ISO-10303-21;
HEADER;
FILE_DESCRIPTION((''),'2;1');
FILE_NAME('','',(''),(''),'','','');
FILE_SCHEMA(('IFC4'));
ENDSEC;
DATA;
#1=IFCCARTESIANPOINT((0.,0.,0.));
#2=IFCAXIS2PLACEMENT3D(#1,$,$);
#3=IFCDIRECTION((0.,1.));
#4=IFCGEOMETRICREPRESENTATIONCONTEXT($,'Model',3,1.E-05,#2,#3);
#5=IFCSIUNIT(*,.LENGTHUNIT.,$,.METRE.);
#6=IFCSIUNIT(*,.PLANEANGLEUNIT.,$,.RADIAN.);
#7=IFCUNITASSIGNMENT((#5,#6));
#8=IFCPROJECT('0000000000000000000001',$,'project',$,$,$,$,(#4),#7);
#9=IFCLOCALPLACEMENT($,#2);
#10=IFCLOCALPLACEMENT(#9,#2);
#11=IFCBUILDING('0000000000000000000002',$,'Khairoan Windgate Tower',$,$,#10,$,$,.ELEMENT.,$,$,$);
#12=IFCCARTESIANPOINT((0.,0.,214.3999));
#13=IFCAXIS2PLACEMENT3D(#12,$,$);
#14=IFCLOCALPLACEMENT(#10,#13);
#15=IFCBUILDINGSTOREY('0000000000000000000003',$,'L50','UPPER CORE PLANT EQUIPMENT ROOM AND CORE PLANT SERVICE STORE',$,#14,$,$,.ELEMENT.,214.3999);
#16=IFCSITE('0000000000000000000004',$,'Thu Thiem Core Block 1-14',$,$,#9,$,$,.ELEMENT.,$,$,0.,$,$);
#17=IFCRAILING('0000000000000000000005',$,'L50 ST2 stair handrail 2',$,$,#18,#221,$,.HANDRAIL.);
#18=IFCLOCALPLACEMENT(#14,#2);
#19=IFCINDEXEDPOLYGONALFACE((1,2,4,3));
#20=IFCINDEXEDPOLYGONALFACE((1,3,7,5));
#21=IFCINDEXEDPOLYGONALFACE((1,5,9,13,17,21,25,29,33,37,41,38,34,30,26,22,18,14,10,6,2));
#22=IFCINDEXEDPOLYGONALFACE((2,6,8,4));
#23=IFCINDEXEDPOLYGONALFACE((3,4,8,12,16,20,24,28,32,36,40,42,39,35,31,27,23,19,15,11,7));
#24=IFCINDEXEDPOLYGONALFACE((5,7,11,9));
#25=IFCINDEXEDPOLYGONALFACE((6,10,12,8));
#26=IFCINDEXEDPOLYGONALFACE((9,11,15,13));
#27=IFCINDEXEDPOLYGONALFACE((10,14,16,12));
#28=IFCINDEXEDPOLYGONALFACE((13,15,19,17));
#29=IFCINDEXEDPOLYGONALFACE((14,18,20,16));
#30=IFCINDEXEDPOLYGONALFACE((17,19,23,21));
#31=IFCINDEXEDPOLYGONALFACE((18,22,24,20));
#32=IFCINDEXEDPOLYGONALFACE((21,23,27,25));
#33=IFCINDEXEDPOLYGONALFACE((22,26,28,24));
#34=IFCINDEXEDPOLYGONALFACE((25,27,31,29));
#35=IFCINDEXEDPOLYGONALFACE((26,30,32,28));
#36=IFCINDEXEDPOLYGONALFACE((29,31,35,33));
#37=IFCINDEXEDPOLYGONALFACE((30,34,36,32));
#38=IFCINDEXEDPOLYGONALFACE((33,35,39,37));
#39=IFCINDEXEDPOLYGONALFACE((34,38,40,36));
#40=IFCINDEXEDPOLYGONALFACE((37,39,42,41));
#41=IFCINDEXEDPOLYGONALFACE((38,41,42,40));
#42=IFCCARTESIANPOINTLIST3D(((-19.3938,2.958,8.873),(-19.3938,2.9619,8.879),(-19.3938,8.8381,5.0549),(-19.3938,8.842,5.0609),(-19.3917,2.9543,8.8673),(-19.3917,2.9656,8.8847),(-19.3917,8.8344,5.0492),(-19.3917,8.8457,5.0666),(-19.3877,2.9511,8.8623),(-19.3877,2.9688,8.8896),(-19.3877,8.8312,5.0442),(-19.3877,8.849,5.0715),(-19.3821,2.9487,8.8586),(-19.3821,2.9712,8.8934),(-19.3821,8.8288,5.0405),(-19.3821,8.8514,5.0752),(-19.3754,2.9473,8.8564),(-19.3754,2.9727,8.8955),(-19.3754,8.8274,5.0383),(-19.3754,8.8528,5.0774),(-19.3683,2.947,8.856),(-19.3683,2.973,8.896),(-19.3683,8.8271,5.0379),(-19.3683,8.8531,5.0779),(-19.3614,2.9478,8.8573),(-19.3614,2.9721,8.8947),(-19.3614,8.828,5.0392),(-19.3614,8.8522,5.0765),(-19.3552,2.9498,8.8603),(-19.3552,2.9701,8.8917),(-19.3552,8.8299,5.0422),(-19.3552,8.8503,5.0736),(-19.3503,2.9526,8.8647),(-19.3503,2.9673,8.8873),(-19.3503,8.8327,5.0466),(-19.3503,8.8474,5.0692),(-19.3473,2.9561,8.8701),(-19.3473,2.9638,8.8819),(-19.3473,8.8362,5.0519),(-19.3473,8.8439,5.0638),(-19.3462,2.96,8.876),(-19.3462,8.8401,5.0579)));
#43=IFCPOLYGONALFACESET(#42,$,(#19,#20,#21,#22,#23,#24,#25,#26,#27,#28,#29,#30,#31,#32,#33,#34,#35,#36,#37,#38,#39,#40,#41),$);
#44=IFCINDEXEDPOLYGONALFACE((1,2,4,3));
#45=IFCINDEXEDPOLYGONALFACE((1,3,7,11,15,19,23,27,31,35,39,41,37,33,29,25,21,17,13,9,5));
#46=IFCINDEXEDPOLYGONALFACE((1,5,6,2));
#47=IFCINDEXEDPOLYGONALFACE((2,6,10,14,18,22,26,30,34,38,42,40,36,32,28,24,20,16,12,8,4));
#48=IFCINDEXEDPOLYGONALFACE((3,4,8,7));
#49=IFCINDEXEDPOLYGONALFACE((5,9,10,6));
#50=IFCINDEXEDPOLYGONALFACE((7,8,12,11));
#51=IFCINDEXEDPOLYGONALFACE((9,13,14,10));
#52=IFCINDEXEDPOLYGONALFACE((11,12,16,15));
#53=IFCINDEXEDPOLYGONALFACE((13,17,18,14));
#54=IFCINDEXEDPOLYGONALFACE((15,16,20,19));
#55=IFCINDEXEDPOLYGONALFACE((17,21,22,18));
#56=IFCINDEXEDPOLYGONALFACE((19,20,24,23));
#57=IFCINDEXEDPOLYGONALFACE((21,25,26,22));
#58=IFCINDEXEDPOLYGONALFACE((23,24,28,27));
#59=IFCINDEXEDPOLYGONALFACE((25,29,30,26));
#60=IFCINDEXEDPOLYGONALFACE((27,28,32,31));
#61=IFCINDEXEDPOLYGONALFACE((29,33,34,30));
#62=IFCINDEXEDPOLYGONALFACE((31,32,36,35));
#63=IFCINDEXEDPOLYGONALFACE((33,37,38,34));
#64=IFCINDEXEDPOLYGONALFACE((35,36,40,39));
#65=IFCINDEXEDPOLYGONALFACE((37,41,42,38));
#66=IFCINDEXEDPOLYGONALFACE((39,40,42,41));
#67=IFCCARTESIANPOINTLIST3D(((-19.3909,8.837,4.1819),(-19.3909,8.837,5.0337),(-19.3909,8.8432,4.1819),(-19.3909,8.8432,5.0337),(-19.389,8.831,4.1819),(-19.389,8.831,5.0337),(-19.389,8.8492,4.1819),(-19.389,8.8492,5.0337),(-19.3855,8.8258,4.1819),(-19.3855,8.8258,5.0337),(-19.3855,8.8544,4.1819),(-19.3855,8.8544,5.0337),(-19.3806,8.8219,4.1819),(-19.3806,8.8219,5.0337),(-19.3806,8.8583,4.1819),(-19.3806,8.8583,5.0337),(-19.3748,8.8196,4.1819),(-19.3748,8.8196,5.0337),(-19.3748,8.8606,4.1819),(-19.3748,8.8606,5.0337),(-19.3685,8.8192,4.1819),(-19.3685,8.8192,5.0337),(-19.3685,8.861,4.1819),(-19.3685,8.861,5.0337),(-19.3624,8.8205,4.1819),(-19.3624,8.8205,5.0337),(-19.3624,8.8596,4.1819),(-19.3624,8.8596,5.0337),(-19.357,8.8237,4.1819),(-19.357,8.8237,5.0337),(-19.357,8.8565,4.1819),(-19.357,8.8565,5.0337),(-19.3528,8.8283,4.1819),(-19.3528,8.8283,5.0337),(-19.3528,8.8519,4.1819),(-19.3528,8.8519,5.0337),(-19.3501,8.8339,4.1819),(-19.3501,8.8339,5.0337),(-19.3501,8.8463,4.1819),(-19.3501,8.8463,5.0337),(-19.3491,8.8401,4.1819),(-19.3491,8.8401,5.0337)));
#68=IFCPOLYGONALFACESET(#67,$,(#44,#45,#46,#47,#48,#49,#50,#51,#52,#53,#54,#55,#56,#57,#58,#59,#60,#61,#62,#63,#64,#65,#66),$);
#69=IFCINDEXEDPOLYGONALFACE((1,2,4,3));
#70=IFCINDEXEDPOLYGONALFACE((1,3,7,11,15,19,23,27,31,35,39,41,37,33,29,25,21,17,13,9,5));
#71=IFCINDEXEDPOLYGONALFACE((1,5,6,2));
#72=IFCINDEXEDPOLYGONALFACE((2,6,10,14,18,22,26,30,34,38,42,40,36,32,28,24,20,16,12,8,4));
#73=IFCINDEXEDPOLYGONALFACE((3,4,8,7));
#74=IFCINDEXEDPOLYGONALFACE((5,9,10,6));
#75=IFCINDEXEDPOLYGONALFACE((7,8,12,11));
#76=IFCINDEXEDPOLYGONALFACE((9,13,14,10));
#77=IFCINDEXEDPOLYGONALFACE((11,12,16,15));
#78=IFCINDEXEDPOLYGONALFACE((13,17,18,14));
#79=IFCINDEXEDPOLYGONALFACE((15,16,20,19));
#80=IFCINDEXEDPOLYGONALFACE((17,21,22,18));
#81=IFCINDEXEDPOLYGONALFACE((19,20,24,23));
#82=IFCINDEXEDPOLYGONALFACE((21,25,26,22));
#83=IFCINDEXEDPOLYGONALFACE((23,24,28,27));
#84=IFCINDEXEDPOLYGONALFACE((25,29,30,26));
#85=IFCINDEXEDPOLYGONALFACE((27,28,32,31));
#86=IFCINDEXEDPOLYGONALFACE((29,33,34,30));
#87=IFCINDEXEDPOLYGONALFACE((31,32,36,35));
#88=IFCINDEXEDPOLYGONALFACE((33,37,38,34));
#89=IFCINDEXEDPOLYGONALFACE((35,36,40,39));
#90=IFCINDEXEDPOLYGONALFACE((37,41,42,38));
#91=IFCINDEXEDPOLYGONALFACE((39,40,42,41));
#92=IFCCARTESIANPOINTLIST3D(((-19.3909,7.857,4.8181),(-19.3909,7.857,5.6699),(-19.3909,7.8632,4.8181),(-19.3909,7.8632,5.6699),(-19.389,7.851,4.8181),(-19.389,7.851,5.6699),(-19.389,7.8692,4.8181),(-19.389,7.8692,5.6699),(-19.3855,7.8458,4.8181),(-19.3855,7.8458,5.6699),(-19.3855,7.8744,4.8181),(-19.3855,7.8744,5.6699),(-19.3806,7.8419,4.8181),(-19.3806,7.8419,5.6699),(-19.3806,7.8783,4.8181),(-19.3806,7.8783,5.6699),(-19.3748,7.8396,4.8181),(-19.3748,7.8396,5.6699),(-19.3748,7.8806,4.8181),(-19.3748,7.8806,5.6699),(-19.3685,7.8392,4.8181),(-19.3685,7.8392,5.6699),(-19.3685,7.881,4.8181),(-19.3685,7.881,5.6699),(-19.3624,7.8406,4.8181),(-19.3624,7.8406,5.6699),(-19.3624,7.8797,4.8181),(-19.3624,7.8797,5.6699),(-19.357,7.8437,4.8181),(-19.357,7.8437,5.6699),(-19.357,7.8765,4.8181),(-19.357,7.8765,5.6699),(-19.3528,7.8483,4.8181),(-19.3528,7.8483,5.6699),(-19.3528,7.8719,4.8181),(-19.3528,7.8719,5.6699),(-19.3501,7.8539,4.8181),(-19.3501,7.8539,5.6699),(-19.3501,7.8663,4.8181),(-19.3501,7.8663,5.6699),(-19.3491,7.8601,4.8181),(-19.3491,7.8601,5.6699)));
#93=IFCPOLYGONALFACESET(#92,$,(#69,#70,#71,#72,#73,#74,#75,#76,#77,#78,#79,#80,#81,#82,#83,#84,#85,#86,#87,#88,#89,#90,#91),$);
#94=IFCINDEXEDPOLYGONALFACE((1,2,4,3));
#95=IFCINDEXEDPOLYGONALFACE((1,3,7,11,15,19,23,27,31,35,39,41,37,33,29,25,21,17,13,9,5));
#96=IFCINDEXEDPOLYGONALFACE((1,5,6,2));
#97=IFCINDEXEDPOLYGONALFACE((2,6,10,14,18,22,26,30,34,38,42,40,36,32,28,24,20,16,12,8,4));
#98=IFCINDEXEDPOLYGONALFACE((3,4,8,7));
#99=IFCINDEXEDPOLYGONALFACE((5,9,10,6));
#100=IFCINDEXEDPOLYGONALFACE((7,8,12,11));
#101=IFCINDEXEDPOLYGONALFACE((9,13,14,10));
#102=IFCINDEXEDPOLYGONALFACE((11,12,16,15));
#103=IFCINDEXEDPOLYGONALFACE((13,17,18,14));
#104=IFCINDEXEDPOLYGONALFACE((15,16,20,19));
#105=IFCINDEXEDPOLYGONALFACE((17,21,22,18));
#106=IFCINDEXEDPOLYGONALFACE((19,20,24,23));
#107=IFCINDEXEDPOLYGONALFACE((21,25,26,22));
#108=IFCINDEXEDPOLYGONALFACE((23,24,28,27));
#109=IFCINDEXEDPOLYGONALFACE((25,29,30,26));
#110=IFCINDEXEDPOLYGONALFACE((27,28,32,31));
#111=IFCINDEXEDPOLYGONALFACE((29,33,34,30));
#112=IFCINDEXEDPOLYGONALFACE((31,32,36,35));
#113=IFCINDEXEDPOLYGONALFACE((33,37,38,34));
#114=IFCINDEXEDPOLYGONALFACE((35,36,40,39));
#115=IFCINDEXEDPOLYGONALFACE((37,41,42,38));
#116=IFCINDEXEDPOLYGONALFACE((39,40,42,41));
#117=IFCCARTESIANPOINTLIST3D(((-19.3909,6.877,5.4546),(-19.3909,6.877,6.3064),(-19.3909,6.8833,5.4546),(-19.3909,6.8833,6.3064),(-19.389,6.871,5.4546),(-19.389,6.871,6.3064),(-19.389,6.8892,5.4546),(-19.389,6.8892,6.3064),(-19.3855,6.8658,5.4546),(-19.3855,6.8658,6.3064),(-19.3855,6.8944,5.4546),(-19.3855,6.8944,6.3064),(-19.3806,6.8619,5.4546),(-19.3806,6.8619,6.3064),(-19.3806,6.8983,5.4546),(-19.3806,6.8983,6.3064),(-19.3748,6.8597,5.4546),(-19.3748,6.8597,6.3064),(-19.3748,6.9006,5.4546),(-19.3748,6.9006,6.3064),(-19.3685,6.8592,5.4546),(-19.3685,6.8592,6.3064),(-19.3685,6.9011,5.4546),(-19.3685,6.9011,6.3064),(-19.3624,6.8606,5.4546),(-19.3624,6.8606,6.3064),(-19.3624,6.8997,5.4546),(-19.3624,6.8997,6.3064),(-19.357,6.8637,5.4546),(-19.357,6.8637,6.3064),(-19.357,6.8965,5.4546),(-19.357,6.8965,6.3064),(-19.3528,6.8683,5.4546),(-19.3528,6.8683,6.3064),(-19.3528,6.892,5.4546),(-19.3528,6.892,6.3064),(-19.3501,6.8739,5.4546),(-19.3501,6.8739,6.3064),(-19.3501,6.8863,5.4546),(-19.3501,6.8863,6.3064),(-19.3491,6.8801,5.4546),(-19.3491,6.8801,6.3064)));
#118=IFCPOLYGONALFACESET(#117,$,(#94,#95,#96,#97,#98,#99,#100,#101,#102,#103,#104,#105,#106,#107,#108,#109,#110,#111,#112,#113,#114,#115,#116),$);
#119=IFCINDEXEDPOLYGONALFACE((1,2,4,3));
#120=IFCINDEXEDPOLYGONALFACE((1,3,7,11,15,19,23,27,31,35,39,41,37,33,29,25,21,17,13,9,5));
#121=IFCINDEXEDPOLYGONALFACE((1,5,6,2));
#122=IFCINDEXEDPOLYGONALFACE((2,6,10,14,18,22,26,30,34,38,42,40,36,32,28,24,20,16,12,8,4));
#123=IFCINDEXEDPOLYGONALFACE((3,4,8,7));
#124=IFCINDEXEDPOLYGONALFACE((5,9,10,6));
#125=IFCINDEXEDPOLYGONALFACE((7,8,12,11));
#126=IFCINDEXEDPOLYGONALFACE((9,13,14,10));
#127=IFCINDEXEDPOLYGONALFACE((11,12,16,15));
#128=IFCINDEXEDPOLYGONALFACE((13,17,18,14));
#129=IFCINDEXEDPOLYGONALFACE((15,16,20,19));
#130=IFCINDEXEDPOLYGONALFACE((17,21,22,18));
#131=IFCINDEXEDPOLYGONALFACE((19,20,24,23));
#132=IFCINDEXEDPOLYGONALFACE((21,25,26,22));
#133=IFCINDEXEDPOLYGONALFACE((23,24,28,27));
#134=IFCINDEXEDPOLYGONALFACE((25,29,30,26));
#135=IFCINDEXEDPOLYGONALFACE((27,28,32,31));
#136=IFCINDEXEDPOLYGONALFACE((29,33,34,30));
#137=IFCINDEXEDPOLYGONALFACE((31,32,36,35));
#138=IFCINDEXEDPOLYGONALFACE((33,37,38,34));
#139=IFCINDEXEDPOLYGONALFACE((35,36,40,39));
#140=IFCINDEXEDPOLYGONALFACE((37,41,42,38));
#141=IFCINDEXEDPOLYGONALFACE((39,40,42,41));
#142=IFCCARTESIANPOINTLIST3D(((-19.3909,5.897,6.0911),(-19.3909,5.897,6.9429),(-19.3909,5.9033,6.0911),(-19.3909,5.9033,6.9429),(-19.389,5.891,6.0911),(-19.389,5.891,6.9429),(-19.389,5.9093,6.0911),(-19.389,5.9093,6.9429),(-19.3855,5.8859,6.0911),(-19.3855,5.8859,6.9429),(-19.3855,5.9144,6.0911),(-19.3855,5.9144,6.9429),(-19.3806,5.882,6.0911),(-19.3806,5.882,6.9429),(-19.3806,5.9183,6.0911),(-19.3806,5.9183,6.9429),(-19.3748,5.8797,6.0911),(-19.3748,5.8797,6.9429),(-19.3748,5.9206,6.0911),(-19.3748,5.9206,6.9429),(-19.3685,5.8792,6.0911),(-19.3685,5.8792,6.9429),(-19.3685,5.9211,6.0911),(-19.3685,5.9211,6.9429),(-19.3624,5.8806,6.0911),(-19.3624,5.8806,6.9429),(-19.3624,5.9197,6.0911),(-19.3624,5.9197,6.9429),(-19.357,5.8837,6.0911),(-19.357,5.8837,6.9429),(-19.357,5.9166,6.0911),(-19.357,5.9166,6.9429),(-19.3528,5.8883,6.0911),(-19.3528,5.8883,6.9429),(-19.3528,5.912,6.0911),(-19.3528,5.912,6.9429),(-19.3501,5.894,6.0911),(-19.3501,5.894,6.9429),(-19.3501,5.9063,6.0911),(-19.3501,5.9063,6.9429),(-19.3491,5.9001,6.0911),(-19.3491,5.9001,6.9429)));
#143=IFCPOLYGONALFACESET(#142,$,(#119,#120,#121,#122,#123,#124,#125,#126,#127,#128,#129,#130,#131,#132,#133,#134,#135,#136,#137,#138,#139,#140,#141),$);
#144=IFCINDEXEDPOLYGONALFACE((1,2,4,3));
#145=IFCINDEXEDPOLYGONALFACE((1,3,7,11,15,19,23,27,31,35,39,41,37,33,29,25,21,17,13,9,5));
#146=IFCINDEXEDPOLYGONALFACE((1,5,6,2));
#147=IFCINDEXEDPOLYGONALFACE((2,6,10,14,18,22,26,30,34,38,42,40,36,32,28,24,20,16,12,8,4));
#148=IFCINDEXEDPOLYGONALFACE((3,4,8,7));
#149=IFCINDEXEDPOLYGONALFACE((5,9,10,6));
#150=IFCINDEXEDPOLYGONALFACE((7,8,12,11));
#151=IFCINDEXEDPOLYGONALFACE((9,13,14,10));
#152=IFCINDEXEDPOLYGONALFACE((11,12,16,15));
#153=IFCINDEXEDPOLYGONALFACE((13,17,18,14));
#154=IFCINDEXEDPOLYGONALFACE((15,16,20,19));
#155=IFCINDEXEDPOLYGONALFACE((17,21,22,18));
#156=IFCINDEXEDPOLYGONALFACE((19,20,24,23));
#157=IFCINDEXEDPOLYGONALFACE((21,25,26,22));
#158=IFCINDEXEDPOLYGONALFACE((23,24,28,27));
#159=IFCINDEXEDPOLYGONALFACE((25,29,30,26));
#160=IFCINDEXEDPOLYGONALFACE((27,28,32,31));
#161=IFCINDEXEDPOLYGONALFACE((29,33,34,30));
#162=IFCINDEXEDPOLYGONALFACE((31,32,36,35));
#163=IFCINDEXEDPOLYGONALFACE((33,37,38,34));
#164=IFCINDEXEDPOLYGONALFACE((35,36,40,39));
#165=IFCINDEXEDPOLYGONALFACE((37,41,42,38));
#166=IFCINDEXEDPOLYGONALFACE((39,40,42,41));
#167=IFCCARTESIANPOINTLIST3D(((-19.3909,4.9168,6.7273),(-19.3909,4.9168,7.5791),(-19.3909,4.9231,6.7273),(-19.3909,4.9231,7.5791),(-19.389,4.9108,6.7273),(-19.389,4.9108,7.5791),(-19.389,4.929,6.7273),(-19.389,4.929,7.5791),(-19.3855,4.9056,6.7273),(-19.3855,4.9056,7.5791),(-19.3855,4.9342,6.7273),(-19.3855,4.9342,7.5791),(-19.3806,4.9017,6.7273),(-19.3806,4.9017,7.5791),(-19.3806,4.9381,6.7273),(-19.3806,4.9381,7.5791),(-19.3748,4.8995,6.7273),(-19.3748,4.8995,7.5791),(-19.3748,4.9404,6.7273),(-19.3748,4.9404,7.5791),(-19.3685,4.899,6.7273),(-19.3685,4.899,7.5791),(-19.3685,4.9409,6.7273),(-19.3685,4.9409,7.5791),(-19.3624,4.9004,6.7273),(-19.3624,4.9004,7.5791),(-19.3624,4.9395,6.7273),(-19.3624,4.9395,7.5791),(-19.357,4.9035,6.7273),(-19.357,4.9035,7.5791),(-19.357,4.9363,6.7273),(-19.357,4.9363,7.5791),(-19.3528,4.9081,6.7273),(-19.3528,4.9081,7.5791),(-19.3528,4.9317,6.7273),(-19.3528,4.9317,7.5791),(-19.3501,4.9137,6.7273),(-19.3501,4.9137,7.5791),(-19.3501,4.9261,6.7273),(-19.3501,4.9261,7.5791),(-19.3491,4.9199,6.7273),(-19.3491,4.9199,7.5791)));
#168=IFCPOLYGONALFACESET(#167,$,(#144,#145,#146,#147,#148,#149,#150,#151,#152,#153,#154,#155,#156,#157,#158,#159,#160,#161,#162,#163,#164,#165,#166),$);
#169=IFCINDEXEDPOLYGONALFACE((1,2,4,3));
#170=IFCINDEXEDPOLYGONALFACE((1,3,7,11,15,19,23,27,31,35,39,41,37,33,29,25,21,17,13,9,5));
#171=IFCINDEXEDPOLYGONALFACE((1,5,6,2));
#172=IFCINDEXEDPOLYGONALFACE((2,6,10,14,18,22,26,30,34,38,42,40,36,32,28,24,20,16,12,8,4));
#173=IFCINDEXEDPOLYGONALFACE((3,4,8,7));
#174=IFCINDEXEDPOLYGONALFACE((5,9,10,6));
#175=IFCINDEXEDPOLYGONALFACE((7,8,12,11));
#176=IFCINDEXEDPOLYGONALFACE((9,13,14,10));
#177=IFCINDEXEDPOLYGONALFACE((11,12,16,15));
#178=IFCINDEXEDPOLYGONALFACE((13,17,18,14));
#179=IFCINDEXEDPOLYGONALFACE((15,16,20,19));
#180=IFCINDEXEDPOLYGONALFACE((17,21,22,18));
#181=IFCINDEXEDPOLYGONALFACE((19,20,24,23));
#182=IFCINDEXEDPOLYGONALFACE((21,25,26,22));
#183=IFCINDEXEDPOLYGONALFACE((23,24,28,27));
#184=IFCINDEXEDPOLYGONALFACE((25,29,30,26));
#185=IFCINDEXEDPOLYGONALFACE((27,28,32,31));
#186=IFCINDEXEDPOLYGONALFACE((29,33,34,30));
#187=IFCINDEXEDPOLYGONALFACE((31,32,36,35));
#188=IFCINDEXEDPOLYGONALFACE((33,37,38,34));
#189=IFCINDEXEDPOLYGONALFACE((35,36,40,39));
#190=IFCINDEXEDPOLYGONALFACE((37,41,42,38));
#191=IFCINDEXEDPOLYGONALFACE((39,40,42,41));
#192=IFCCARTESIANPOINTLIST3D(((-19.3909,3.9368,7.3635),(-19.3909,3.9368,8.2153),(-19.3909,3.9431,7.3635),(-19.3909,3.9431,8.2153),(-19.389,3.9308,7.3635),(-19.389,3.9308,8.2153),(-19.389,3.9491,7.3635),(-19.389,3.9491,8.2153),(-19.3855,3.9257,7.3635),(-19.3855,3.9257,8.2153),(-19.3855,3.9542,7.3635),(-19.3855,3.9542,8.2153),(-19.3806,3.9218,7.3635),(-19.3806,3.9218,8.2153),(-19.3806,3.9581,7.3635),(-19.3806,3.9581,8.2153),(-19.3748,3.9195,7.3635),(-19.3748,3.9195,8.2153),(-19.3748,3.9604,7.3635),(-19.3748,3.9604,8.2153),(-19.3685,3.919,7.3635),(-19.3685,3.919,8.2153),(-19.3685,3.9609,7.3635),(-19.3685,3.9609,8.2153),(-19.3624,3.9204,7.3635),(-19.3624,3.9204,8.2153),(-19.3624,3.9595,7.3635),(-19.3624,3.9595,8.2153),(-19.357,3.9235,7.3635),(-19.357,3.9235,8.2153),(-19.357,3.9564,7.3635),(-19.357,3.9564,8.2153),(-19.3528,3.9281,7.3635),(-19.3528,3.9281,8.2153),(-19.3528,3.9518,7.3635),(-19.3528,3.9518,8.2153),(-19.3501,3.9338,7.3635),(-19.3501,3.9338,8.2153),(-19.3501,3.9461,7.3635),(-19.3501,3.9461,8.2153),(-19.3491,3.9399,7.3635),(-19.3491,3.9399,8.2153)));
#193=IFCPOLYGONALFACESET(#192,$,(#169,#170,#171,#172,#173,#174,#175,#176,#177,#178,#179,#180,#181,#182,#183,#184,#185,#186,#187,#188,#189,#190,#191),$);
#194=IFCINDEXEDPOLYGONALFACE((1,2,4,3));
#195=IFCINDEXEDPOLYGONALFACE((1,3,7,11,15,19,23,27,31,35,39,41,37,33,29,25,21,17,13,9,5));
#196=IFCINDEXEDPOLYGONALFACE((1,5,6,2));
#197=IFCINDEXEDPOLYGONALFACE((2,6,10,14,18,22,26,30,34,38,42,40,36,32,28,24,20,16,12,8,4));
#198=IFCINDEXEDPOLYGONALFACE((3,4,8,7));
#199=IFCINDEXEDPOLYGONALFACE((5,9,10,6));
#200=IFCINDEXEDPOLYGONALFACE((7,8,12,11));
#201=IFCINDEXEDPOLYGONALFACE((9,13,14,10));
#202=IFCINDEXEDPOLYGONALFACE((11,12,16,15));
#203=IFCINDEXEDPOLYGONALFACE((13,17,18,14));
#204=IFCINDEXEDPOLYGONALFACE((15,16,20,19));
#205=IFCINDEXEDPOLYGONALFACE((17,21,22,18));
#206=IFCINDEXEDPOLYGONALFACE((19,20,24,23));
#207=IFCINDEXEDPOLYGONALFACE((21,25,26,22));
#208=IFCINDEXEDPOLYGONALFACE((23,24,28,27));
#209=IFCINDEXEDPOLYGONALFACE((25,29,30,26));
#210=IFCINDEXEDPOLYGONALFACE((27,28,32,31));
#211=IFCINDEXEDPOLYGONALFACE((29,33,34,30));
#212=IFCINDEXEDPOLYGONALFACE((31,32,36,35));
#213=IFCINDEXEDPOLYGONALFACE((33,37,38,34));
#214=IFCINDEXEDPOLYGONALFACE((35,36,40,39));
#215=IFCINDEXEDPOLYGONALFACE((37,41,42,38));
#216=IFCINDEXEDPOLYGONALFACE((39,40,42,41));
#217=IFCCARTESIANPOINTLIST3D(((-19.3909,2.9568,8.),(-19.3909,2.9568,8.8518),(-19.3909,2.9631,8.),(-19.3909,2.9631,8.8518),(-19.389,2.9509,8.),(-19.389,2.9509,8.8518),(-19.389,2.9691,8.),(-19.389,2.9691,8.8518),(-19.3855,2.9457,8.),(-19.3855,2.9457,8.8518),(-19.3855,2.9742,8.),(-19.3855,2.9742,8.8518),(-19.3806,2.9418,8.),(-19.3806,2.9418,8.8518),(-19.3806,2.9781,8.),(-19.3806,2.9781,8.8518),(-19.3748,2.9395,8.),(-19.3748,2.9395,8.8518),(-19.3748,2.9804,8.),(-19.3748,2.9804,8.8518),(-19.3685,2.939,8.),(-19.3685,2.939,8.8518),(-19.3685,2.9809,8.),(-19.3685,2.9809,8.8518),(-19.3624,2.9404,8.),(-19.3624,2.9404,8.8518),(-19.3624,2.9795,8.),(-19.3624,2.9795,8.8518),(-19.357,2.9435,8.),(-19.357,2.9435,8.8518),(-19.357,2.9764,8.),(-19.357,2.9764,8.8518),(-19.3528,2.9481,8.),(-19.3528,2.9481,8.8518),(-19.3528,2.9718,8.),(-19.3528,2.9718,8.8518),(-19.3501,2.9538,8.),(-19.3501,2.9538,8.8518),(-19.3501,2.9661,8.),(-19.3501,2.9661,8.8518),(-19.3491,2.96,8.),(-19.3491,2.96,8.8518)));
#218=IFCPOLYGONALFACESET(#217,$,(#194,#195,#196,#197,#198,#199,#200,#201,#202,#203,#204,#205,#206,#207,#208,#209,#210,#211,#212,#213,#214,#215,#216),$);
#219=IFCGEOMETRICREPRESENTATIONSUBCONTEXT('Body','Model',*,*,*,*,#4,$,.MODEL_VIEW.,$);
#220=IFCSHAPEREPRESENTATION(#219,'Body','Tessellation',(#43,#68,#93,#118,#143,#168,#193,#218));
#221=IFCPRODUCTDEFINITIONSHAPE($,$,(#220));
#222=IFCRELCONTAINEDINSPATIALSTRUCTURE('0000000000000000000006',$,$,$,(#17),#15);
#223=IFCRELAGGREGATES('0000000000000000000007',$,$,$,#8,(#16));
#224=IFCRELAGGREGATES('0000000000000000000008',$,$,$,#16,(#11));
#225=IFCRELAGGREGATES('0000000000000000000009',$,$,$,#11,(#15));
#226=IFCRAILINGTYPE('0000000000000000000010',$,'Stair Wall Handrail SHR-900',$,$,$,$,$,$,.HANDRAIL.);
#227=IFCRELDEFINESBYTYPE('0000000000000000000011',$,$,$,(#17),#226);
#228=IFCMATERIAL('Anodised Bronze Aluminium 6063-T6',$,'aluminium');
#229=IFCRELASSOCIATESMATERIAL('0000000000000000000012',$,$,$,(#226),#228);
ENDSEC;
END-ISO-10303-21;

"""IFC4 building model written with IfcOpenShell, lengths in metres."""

from ifc_helpers import new_model, si_unit, direction, frame, origin, origin_2d, place, context, subcontext, project, spatial, circle, extrude, material, type_object, element, save


model = new_model("IFC4")

# Units and contexts
model_context = context("Model", 3, precision=1e-05, world=origin(), true_north=direction((0.0, 1.0)))
body_context = subcontext(model_context, "Body", "Model", "MODEL_VIEW")
ifc_project = project(units=[si_unit("LENGTHUNIT", "METRE"), si_unit("PLANEANGLEUNIT", "RADIAN")], contexts=[model_context])

# Site, building, storey
site_placement = place(None, origin())
site = spatial("IfcSite", under=ifc_project, at=site_placement, Name="Thu Thiem Core Block 1-14", CompositionType="ELEMENT", RefElevation=0.0)
building_placement = place(site_placement, origin())
building = spatial("IfcBuilding", under=site, at=building_placement, Name="Khairoan Windgate Tower", CompositionType="ELEMENT")
storey_placement = place(building_placement, frame((0.0, 0.0, 214.3999)))
storey = spatial("IfcBuildingStorey", under=building, at=storey_placement, Name="L50", Description="UPPER CORE PLANT EQUIPMENT ROOM AND CORE PLANT SERVICE STORE", CompositionType="ELEMENT", Elevation=214.3999)

# Railing
ifc_material_1 = material(Name="Anodised Bronze Aluminium 6063-T6", Category="aluminium")
railing_type_1 = type_object("IfcRailingType", Name="Stair Wall Handrail SHR-900", PredefinedType="HANDRAIL", material=ifc_material_1)
railing_1_placement = place(storey_placement, frame((-19.3701, 8.8401, 4.1819)))
element("IfcRailing", 1, at=railing_1_placement, inside=storey, type_object=railing_type_1, Name="L50 ST2 stair handrail 2", PredefinedType="HANDRAIL", context=body_context, shape_type="SweptSolid", body=[
    extrude(circle(Radius=0.0239, at=origin_2d()), frame((0.0, 0.0, 0.876), z_axis=(0.0, -0.838702, 0.54459), x_axis=(1.0, 0.0, 0.0)), (0.0, 0.0, 1.0), 7.011),
    extrude(circle(Radius=0.021, at=origin_2d()), origin(), (0.0, 0.0, 1.0), 0.8518),
    extrude(circle(Radius=0.021, at=origin_2d()), frame((0.0, -0.98, 0.6362)), (0.0, 0.0, 1.0), 0.8518),
    extrude(circle(Radius=0.021, at=origin_2d()), frame((0.0, -1.96, 1.2727)), (0.0, 0.0, 1.0), 0.8518),
    extrude(circle(Radius=0.021, at=origin_2d()), frame((0.0, -2.9399, 1.9092)), (0.0, 0.0, 1.0), 0.8518),
    extrude(circle(Radius=0.021, at=origin_2d()), frame((0.0, -3.9202, 2.5454)), (0.0, 0.0, 1.0), 0.8518),
    extrude(circle(Radius=0.021, at=origin_2d()), frame((0.0, -4.9001, 3.1816)), (0.0, 0.0, 1.0), 0.8518),
    extrude(circle(Radius=0.021, at=origin_2d()), frame((0.0, -5.8801, 3.8181)), (0.0, 0.0, 1.0), 0.8518),
])

save(model, "model.ifc")
